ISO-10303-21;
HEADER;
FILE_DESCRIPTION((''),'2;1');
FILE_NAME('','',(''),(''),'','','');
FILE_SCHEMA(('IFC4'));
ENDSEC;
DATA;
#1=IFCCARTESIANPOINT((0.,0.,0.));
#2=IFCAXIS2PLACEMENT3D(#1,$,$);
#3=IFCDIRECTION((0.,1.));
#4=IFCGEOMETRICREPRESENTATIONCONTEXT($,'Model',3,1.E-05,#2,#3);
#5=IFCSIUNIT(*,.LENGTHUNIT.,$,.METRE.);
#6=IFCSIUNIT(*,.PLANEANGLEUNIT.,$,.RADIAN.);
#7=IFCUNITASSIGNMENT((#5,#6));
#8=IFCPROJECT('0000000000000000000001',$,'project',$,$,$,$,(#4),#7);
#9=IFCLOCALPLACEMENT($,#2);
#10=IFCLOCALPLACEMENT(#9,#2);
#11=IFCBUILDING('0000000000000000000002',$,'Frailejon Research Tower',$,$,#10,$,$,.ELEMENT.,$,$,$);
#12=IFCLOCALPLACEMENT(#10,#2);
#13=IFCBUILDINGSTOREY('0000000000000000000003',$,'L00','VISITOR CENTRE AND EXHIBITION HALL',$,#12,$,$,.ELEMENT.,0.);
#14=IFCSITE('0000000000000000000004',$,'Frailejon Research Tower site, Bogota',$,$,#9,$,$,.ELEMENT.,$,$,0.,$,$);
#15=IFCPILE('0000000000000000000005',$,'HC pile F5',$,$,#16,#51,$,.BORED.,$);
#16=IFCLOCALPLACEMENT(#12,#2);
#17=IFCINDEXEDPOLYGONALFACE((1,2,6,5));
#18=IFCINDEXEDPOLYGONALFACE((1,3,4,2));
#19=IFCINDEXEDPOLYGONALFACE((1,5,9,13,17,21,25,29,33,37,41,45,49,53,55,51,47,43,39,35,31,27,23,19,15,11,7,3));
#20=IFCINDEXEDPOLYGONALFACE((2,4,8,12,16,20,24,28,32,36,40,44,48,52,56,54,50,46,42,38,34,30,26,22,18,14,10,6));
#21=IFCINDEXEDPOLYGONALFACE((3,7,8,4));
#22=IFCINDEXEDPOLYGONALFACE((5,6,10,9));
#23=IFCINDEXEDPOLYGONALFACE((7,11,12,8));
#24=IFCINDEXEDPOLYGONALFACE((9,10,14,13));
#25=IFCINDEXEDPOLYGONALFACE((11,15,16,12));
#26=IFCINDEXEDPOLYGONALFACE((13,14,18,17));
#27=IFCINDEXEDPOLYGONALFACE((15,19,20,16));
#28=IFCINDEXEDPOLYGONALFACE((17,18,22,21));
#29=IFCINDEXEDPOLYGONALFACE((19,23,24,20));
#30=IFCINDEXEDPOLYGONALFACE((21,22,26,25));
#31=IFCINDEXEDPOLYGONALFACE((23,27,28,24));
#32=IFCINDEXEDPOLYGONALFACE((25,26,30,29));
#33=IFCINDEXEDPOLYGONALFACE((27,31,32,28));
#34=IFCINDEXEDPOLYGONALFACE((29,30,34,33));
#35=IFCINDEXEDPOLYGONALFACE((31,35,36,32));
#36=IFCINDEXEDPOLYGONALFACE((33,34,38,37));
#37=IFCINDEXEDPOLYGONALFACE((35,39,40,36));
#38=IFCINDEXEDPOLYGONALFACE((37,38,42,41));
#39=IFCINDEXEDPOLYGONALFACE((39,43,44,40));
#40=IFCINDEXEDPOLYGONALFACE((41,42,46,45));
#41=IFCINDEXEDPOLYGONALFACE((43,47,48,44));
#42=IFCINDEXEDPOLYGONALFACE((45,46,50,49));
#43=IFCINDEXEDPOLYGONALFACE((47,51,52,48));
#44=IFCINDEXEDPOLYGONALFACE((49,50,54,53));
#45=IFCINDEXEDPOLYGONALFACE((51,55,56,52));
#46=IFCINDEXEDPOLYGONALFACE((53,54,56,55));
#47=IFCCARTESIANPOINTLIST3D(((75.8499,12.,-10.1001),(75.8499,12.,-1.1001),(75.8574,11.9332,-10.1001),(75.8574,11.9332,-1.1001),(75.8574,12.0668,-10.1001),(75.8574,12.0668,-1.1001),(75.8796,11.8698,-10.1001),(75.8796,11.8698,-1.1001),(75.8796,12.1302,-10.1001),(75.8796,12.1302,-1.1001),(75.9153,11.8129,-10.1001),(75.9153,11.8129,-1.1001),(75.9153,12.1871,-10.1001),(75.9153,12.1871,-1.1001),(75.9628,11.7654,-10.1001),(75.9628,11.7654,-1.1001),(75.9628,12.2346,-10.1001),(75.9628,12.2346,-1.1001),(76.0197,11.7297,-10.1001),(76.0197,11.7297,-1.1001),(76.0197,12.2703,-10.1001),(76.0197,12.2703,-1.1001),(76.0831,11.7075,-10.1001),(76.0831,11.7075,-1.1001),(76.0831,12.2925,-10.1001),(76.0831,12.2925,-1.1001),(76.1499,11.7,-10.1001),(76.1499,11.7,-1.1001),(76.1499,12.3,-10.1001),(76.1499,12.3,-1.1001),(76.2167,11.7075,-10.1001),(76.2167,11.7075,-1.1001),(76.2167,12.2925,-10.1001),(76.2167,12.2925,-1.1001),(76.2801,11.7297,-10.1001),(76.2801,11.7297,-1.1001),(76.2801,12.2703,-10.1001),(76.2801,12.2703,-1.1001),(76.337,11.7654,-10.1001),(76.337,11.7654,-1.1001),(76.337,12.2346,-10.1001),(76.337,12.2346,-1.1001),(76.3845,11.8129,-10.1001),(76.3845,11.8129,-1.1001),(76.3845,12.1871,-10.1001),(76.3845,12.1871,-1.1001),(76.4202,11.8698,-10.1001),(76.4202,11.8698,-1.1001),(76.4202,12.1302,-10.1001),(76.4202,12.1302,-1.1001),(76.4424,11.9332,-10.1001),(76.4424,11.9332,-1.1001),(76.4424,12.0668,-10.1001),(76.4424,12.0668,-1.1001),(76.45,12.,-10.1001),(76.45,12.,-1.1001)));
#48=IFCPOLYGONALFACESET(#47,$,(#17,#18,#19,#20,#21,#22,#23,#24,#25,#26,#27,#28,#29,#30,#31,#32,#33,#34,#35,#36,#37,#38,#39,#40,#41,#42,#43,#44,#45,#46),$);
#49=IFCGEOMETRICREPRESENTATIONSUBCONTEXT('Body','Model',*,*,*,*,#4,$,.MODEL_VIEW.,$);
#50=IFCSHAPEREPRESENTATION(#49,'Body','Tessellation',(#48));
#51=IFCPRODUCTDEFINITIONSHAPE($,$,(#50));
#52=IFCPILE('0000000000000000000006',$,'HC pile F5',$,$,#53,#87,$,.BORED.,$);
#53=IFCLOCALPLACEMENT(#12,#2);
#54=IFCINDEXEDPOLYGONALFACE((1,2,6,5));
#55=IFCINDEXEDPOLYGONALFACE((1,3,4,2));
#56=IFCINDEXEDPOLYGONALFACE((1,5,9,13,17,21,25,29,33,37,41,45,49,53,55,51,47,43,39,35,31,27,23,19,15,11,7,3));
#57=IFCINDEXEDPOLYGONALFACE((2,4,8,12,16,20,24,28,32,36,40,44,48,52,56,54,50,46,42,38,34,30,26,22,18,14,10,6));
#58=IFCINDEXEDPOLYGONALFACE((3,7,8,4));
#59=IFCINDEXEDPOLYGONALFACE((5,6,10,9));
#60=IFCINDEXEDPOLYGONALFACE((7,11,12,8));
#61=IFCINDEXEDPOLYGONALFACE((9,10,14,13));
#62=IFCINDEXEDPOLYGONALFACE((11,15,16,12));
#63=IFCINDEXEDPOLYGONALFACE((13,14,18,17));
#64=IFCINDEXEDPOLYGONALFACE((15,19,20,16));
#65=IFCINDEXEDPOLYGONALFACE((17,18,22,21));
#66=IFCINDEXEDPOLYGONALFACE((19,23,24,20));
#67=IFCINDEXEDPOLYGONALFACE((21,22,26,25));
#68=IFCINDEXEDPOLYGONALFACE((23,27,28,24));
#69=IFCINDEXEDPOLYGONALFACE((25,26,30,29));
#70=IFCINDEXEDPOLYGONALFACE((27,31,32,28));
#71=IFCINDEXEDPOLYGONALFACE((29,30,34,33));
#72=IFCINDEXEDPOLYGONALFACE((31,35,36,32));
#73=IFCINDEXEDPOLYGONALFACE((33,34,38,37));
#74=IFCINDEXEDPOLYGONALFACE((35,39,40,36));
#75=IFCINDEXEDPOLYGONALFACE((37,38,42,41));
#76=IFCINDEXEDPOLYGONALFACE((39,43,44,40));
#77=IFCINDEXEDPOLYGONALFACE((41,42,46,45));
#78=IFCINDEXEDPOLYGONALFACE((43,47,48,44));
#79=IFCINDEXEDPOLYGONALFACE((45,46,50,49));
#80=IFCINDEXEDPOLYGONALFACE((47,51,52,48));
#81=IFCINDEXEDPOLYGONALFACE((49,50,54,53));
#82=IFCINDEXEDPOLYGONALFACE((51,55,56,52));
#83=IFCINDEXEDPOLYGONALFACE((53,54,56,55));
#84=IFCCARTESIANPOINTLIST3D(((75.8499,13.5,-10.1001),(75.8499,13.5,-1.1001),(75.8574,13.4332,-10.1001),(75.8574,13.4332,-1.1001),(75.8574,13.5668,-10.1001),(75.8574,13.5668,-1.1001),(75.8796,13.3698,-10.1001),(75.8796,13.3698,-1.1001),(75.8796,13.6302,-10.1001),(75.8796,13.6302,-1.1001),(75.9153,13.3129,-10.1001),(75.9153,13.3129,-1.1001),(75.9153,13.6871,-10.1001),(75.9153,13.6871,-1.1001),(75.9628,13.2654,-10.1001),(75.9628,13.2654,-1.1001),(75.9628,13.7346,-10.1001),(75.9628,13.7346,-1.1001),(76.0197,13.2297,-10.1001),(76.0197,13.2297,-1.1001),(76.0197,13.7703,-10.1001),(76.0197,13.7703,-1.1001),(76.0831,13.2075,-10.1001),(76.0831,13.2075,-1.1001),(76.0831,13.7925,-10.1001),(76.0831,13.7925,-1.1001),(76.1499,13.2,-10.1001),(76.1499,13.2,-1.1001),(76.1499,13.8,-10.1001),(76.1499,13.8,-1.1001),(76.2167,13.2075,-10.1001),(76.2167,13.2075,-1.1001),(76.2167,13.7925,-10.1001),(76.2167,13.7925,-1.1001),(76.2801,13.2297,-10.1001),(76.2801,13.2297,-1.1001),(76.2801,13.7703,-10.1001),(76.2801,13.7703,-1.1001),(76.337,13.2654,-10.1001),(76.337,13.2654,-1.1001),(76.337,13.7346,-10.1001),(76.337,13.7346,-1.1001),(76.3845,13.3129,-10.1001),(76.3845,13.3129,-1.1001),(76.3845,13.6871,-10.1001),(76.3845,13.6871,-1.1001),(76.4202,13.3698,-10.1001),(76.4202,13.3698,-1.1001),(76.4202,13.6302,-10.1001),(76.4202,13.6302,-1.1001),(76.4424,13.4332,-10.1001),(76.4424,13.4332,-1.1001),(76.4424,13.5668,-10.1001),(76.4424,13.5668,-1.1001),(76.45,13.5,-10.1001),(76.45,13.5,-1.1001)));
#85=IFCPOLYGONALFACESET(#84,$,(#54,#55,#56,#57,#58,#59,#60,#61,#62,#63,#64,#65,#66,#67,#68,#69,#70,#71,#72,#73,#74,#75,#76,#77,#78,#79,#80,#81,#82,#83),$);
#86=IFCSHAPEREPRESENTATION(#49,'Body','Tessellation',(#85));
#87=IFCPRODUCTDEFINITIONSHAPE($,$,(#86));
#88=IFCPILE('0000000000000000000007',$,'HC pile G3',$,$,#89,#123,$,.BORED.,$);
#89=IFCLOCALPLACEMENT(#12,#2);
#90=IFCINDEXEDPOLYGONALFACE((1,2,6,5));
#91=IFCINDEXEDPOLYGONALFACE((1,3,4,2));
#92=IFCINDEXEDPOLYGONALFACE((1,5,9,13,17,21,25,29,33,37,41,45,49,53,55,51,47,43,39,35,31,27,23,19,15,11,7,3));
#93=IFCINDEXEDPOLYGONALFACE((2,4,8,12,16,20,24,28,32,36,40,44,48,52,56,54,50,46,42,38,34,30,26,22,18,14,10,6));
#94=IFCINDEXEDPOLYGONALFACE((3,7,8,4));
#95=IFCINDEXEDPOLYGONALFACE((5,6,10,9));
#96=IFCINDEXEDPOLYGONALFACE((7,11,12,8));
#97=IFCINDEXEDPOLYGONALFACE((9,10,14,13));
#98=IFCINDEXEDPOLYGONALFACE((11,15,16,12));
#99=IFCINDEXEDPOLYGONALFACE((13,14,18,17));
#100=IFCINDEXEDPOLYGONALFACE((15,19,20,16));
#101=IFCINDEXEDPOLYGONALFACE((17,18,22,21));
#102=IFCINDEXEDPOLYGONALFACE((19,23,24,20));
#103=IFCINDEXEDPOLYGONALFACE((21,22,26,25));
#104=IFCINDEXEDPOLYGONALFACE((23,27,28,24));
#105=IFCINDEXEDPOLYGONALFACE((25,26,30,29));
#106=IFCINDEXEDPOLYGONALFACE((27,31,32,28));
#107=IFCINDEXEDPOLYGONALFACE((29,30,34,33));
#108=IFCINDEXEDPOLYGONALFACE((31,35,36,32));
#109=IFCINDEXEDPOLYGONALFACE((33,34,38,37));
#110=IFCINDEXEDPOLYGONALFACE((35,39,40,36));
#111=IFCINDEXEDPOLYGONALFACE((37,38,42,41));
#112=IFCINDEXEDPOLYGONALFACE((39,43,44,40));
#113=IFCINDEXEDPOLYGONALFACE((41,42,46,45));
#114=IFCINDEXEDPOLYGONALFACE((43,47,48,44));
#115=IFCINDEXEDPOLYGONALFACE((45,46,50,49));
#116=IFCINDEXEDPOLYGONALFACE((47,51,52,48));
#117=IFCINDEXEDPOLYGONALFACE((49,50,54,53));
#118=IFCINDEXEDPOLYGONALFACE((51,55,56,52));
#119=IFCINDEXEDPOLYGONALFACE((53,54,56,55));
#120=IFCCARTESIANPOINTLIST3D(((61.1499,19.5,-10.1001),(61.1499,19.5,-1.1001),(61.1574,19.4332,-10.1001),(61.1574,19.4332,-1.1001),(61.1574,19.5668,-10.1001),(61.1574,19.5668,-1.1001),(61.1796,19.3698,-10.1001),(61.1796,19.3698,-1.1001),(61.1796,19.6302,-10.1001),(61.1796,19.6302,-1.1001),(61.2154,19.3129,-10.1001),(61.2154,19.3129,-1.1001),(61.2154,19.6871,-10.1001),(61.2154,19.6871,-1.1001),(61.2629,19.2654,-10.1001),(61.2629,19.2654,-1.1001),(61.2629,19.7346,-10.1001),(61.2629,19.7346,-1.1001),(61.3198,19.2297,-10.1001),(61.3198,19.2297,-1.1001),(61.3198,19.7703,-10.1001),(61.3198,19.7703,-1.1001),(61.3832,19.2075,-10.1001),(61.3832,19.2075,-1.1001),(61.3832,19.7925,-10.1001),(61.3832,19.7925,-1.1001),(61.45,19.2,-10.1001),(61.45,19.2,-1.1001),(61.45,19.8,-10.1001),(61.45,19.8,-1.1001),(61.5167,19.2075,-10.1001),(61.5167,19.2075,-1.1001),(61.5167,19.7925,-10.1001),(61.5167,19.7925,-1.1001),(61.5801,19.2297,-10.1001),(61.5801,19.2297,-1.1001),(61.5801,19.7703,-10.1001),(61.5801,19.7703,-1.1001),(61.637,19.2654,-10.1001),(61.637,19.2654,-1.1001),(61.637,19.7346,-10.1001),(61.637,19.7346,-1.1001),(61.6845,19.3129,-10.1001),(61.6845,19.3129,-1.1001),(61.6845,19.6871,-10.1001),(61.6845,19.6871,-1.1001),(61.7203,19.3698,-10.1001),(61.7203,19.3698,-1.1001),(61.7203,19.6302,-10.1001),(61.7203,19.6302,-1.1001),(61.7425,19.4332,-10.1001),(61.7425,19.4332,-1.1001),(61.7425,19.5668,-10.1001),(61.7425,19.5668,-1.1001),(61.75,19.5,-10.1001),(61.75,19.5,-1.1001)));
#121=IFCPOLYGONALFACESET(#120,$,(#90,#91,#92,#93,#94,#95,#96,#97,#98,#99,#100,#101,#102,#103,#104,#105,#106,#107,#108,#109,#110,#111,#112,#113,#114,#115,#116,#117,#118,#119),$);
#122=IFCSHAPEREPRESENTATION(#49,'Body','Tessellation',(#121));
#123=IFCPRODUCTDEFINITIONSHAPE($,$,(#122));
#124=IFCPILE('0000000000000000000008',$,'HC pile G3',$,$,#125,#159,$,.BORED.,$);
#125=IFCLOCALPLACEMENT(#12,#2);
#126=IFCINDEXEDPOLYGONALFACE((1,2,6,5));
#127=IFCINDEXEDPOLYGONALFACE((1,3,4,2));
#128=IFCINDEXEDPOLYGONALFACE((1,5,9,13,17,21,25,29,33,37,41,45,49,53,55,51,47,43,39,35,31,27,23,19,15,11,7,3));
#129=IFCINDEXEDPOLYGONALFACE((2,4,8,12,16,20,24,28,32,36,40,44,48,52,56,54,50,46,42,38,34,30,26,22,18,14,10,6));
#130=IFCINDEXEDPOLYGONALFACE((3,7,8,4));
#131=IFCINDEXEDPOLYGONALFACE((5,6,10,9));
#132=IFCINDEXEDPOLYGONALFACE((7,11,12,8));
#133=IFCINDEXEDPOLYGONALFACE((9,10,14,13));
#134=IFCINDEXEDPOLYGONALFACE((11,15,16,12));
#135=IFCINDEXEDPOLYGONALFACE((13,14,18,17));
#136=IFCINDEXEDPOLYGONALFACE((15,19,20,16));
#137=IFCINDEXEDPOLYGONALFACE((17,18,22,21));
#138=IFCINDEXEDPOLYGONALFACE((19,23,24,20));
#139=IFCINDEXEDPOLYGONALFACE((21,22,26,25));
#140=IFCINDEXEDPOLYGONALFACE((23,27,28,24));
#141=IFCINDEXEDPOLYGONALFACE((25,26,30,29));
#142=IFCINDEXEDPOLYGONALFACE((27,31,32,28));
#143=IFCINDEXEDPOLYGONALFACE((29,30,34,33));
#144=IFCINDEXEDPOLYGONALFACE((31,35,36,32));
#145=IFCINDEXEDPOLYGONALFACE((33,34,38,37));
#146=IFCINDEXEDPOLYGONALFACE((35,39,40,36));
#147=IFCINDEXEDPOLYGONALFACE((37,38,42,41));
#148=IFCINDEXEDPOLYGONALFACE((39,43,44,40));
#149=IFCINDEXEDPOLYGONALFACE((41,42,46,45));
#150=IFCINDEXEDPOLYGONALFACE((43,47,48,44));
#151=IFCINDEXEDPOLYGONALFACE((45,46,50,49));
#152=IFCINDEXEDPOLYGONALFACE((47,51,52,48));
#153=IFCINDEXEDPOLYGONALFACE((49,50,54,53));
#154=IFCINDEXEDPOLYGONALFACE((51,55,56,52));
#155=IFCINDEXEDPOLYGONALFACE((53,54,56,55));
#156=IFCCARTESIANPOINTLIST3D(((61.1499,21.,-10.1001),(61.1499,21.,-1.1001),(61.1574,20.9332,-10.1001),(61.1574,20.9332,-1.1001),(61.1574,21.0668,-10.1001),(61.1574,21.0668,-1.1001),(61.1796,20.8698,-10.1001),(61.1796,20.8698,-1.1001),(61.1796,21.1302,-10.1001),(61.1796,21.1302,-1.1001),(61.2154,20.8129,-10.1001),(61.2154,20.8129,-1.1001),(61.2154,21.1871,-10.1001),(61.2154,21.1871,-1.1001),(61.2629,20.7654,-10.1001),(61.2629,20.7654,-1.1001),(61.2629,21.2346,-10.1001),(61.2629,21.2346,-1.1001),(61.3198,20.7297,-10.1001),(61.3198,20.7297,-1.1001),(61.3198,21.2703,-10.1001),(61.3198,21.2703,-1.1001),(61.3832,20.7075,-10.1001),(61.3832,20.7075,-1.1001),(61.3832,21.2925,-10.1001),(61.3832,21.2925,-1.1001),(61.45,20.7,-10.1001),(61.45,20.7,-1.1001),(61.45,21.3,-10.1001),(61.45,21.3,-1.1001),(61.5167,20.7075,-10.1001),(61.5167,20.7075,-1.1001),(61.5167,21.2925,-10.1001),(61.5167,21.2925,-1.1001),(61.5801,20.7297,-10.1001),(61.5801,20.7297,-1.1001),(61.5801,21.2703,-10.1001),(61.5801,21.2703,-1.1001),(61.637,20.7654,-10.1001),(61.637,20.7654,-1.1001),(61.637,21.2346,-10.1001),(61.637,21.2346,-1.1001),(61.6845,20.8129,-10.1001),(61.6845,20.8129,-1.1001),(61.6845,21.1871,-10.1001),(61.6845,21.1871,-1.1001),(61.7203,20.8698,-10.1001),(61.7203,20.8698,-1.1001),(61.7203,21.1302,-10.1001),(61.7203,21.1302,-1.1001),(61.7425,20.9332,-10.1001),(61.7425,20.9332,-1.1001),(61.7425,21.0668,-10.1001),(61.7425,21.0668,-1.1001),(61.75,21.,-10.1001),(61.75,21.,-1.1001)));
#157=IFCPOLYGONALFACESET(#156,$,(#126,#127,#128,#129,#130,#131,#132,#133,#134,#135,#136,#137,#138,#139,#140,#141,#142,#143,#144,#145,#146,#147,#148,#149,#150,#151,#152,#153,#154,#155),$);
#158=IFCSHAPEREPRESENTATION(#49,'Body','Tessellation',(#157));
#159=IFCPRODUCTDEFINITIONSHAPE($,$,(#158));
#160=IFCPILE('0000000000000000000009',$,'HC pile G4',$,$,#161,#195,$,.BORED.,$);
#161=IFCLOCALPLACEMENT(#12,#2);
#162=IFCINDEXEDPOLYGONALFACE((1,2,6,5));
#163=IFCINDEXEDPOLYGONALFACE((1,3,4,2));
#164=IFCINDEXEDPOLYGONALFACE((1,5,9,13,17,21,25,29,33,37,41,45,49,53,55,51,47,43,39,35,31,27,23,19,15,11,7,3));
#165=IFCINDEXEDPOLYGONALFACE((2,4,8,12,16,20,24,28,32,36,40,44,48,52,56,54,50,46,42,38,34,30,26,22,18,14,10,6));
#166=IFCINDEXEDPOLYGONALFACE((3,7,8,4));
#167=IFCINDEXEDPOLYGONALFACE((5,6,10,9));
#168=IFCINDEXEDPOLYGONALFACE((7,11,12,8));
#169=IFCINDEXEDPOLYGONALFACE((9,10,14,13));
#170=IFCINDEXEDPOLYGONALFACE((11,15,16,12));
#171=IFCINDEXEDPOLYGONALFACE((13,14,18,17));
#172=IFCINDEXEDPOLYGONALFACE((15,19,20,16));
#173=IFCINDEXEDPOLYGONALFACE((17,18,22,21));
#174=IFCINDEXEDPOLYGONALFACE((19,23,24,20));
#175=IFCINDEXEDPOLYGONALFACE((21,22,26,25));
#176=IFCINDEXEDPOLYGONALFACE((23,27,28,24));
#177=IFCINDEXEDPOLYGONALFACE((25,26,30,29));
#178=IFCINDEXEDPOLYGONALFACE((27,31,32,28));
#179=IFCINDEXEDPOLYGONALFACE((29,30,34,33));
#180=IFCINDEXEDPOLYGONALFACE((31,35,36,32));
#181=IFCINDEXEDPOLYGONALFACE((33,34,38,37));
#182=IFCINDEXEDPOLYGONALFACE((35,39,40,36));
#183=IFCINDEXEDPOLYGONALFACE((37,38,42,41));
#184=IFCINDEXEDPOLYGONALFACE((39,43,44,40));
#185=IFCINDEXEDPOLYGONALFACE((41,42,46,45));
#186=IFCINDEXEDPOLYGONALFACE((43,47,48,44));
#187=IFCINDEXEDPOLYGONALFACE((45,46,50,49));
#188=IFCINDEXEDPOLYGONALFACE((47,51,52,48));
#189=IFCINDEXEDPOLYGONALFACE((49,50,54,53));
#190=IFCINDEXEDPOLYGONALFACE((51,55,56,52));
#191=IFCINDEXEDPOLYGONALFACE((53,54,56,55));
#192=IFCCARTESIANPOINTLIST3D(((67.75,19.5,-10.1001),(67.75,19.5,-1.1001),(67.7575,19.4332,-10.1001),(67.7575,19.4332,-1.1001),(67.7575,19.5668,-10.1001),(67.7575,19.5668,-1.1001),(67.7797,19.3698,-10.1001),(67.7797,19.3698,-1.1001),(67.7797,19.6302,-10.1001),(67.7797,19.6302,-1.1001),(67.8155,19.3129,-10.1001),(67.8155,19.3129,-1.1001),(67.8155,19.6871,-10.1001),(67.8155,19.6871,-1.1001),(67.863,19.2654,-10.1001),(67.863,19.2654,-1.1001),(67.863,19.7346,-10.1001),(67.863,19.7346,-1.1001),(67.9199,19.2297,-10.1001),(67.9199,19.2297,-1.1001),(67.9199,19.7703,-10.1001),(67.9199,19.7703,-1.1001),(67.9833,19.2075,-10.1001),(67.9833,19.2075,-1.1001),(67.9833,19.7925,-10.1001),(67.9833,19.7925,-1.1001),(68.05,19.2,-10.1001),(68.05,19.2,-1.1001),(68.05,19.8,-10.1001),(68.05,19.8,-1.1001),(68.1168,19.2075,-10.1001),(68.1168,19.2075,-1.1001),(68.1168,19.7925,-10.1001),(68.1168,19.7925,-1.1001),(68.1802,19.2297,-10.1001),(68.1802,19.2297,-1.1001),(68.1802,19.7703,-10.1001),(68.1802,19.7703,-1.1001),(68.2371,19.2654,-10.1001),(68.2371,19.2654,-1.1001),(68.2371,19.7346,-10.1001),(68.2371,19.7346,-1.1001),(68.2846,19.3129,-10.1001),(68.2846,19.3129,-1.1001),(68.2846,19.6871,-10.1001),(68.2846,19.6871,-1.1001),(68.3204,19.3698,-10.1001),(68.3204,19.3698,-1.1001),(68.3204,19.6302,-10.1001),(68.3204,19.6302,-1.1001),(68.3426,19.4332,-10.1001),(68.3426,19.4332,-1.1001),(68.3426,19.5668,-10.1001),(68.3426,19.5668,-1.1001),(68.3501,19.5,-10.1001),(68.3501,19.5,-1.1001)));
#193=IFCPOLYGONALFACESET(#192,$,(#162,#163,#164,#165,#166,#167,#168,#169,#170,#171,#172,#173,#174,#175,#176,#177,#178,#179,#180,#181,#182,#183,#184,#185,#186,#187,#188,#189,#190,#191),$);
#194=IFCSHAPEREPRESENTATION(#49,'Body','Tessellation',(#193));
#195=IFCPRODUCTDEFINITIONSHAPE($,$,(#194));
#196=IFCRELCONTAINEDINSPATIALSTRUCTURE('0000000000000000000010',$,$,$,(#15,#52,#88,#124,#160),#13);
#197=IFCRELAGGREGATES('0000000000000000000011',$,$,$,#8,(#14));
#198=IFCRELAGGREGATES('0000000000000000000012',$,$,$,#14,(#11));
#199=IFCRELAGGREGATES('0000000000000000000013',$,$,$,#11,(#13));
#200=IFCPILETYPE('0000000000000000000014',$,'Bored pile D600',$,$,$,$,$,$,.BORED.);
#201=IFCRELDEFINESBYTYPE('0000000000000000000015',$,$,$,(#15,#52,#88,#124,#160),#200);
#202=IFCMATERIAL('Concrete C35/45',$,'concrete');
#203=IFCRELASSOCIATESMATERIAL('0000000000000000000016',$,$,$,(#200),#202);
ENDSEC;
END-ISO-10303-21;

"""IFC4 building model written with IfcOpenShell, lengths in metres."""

from ifc_helpers import new_model, si_unit, direction, frame, origin, origin_2d, place, context, subcontext, project, spatial, circle, extrude, material, material_profile, profile_set, type_object, element, save


model = new_model("IFC4")

# Units and contexts
model_context = context("Model", 3, precision=1e-05, world=origin(), true_north=direction((0.0, 1.0)))
body_context = subcontext(model_context, "Body", "Model", "MODEL_VIEW")
ifc_project = project(units=[si_unit("LENGTHUNIT", "METRE"), si_unit("PLANEANGLEUNIT", "RADIAN")], contexts=[model_context])

# Site, building, storey
site_placement = place(None, origin())
site = spatial("IfcSite", under=ifc_project, at=site_placement, Name="Frailejon Research Tower site, Bogota", CompositionType="ELEMENT", RefElevation=0.0)
building_placement = place(site_placement, origin())
building = spatial("IfcBuilding", under=site, at=building_placement, Name="Frailejon Research Tower", CompositionType="ELEMENT")
storey_placement = place(building_placement, origin())
storey = spatial("IfcBuildingStorey", under=building, at=storey_placement, Name="L00", Description="VISITOR CENTRE AND EXHIBITION HALL", CompositionType="ELEMENT", Elevation=0.0)

# Piles
ifc_material_1 = material(Name="Concrete C35/45", Category="concrete")
ifc_material_profile_1 = material_profile(ifc_material_1, circle(Radius=0.3, at=origin_2d()), Name="Bored pile D600")
ifc_profile_set_1 = profile_set([ifc_material_profile_1], Name="Concrete C35/45")
pile_type = type_object("IfcPileType", Name="Bored pile D600", PredefinedType="BORED", material=ifc_profile_set_1)
for number, where, z_axis, x_axis, name in (
    (1, (76.1499, 12.0, -1.1001), (0.0, 0.0, -1.0), (1.0, 0.0, 0.0), "HC pile F5"),
    (2, (76.1499, 13.5, -1.1001), (0.0, 0.0, -1.0), (1.0, 0.0, 0.0), "HC pile F5"),
    (3, (61.45, 19.5, -1.1001), (0.0, 0.0, -1.0), (1.0, 0.0, 0.0), "HC pile G3"),
    (4, (61.45, 21.0, -1.1001), (0.0, 0.0, -1.0), (1.0, 0.0, 0.0), "HC pile G3"),
    (5, (68.05, 19.5, -1.1001), (0.0, 0.0, -1.0), (1.0, 0.0, 0.0), "HC pile G4"),
):
    element("IfcPile", number, at=place(storey_placement, frame(where, z_axis=z_axis, x_axis=x_axis)), inside=storey, type_object=pile_type, Name=name, PredefinedType="BORED", context=body_context, shape_type="SweptSolid", body=[
        extrude(circle(Radius=0.3, at=origin_2d()), origin(), (0.0, 0.0, 1.0), 9.0),
    ])

save(model, "model.ifc")
